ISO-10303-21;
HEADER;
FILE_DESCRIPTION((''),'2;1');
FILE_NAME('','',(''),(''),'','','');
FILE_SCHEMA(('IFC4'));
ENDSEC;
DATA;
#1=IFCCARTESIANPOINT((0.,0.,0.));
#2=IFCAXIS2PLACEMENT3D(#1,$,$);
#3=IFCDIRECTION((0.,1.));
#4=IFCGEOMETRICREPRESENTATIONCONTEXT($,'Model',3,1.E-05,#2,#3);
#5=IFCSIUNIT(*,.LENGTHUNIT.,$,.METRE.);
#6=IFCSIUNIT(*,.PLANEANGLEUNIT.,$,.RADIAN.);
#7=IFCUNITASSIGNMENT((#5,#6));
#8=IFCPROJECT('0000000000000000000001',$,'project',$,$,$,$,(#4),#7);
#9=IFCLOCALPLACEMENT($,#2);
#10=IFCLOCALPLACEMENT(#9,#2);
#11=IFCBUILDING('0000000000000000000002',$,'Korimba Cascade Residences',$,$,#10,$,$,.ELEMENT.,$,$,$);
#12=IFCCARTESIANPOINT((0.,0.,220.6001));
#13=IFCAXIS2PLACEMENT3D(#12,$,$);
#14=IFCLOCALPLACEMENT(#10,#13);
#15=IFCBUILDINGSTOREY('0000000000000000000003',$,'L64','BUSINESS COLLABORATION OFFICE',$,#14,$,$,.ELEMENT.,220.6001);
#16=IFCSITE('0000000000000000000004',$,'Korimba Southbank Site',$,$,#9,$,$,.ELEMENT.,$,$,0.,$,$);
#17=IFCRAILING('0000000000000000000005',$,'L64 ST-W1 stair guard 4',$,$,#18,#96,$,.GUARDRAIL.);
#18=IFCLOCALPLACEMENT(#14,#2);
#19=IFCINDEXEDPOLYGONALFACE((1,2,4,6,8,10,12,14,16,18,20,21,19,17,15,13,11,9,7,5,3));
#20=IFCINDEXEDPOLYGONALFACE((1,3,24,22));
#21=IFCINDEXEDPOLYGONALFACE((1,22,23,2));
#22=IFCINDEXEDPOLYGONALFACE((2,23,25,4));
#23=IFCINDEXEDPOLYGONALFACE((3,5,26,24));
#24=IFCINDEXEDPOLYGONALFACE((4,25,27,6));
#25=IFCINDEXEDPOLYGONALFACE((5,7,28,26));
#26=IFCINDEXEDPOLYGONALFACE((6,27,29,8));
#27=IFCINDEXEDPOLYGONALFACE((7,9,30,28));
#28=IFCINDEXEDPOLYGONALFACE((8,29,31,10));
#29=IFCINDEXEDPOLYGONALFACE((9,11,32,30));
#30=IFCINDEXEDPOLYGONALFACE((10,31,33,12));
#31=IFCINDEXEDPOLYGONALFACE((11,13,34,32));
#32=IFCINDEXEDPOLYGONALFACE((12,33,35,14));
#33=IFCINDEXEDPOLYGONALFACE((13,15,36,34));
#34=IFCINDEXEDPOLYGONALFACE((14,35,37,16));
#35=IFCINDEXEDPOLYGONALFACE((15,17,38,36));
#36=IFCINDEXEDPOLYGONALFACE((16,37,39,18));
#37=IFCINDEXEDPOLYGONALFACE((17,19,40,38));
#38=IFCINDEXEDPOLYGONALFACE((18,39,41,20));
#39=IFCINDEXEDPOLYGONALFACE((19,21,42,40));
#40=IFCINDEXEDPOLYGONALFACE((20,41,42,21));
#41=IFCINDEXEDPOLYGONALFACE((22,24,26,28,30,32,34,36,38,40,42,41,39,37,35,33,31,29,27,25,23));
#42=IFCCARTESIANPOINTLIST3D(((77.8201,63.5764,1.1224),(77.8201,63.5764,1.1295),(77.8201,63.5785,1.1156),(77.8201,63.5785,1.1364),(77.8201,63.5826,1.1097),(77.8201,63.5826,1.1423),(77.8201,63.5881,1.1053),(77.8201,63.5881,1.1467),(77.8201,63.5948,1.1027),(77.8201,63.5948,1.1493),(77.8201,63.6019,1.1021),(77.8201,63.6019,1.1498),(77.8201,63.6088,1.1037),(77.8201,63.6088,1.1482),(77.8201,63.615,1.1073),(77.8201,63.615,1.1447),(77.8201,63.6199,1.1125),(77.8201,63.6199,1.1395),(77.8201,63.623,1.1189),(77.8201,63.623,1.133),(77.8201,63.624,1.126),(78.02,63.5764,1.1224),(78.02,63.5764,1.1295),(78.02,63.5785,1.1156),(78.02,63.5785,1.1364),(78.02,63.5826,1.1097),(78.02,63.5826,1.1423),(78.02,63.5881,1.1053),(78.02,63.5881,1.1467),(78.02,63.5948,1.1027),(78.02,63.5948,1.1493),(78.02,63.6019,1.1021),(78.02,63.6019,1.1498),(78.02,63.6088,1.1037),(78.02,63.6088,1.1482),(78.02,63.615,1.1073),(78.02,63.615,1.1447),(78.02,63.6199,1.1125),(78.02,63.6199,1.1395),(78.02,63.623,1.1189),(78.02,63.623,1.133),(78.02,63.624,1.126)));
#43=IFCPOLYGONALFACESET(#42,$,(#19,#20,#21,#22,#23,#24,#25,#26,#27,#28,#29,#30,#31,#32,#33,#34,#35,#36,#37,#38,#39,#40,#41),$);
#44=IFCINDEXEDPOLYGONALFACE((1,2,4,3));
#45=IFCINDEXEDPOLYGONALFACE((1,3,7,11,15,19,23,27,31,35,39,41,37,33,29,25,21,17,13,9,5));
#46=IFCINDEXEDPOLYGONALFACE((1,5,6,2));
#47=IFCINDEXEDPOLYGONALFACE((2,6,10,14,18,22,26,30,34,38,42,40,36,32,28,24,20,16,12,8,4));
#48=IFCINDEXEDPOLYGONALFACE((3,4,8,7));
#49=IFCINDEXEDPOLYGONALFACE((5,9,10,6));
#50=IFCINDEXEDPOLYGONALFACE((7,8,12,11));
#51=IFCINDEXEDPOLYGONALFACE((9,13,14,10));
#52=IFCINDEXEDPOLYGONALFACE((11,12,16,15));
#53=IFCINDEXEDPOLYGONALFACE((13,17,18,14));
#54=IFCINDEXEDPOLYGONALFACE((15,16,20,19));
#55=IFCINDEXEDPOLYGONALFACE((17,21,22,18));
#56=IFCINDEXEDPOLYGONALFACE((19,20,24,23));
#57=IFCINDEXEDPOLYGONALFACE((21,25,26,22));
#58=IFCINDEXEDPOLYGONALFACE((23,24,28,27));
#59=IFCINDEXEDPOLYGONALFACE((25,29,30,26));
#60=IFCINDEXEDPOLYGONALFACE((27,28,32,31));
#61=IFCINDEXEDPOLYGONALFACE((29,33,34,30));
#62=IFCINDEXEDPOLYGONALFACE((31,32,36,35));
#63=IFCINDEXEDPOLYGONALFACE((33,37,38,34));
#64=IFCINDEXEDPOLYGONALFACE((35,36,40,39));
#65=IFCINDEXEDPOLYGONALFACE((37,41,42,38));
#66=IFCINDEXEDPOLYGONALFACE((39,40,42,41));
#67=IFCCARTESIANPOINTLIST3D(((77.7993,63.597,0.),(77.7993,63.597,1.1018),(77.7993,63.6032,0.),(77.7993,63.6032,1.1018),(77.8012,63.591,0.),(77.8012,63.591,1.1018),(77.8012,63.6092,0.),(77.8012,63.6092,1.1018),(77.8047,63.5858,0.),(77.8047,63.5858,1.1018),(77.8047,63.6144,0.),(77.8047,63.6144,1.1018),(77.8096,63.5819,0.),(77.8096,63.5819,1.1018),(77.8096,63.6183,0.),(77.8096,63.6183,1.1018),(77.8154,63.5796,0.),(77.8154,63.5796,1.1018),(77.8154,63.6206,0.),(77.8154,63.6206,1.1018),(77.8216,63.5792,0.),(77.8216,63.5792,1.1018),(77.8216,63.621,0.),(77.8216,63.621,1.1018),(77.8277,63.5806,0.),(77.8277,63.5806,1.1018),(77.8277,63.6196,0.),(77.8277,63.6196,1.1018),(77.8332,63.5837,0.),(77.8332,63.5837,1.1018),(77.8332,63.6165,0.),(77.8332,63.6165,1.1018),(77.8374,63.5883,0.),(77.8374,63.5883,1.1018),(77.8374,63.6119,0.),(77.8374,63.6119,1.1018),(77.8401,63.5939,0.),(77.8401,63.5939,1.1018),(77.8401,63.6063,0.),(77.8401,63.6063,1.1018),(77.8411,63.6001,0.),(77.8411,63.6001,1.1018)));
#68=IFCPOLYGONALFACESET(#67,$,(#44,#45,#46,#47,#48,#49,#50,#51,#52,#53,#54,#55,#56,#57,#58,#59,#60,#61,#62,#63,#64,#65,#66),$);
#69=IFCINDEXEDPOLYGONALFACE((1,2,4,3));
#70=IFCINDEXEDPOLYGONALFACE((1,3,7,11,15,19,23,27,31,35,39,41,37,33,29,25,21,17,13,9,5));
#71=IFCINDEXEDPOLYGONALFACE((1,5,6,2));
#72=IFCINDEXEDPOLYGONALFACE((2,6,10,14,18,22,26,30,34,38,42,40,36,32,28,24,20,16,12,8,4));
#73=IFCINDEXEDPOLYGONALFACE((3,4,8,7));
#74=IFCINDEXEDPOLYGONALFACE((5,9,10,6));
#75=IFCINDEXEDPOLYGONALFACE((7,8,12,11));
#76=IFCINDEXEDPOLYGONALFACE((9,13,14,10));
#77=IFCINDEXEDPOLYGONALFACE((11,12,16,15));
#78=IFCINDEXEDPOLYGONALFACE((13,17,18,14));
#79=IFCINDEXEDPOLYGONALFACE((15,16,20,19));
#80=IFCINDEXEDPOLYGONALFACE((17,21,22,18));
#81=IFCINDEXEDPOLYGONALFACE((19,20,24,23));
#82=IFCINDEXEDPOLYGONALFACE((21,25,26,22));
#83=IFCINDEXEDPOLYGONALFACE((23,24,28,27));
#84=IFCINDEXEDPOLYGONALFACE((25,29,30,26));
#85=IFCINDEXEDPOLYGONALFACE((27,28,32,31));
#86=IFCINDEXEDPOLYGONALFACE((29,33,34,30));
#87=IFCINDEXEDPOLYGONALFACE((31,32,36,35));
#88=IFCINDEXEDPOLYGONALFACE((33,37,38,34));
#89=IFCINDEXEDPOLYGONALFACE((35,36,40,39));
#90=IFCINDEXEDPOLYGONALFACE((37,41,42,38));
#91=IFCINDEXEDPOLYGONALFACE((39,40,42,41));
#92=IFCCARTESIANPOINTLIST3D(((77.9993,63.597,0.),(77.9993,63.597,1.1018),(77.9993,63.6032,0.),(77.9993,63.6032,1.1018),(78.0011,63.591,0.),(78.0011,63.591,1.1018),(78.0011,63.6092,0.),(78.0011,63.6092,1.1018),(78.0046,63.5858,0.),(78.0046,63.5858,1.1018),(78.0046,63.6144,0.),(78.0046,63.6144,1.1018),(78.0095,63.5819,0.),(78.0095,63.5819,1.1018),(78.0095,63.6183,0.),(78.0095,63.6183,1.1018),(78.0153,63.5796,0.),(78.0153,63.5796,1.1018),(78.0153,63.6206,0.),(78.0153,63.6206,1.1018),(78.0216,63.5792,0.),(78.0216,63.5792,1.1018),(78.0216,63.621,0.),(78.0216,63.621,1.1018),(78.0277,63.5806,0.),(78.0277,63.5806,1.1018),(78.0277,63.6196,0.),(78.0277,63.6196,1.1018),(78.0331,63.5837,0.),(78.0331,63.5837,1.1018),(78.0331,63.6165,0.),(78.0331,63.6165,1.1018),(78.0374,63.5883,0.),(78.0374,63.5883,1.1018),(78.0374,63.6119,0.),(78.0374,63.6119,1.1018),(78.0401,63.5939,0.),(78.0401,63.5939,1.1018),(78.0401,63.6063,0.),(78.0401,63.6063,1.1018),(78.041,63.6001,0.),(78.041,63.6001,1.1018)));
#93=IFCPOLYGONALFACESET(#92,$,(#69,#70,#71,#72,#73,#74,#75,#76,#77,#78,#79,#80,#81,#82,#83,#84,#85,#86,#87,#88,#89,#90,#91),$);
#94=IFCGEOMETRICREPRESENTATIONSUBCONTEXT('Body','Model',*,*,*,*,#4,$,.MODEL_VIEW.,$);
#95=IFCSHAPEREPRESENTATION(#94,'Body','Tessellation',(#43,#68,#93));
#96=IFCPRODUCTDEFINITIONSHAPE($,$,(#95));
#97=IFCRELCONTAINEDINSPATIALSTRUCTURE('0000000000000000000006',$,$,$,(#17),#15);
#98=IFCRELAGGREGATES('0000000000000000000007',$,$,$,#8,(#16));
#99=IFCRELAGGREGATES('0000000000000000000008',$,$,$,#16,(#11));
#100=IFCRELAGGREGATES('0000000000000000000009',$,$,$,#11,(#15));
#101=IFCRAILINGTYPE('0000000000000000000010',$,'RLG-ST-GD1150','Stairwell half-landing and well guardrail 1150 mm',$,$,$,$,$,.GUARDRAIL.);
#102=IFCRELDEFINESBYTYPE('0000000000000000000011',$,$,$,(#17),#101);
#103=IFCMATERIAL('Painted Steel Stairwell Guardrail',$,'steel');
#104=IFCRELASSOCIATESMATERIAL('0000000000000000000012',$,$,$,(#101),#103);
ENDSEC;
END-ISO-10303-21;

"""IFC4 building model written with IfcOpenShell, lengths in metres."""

from ifc_helpers import new_model, si_unit, direction, frame, origin, origin_2d, place, context, subcontext, project, spatial, circle, extrude, material, type_object, element, save


model = new_model("IFC4")

# Units and contexts
model_context = context("Model", 3, precision=1e-05, world=origin(), true_north=direction((0.0, 1.0)))
body_context = subcontext(model_context, "Body", "Model", "MODEL_VIEW")
ifc_project = project(units=[si_unit("LENGTHUNIT", "METRE"), si_unit("PLANEANGLEUNIT", "RADIAN")], contexts=[model_context])

# Site, building, storey
site_placement = place(None, origin())
site = spatial("IfcSite", under=ifc_project, at=site_placement, Name="Korimba Southbank Site", CompositionType="ELEMENT", RefElevation=0.0)
building_placement = place(site_placement, origin())
building = spatial("IfcBuilding", under=site, at=building_placement, Name="Korimba Cascade Residences", CompositionType="ELEMENT")
storey_placement = place(building_placement, frame((0.0, 0.0, 220.6001)))
storey = spatial("IfcBuildingStorey", under=building, at=storey_placement, Name="L64", Description="BUSINESS COLLABORATION OFFICE", CompositionType="ELEMENT", Elevation=220.6001)

# Railing
ifc_material_1 = material(Name="Painted Steel Stairwell Guardrail", Category="steel")
railing_type_1 = type_object("IfcRailingType", Name="RLG-ST-GD1150", Description="Stairwell half-landing and well guardrail 1150 mm", PredefinedType="GUARDRAIL", material=ifc_material_1)
railing_1_placement = place(storey_placement, frame((77.8201, 63.6001, 0.0)))
element("IfcRailing", 1, at=railing_1_placement, inside=storey, type_object=railing_type_1, Name="L64 ST-W1 stair guard 4", PredefinedType="GUARDRAIL", context=body_context, shape_type="SweptSolid", body=[
    extrude(circle(Radius=0.0239, at=origin_2d()), frame((0.0, 0.0, 1.126), z_axis=(1.0, 0.0, 0.0), x_axis=(0.0, 1.0, 0.0)), (0.0, 0.0, 1.0), 0.2),
    extrude(circle(Radius=0.021, at=origin_2d()), origin(), (0.0, 0.0, 1.0), 1.1018),
    extrude(circle(Radius=0.021, at=origin_2d()), frame((0.2, 0.0, 0.0)), (0.0, 0.0, 1.0), 1.1018),
])

save(model, "model.ifc")
